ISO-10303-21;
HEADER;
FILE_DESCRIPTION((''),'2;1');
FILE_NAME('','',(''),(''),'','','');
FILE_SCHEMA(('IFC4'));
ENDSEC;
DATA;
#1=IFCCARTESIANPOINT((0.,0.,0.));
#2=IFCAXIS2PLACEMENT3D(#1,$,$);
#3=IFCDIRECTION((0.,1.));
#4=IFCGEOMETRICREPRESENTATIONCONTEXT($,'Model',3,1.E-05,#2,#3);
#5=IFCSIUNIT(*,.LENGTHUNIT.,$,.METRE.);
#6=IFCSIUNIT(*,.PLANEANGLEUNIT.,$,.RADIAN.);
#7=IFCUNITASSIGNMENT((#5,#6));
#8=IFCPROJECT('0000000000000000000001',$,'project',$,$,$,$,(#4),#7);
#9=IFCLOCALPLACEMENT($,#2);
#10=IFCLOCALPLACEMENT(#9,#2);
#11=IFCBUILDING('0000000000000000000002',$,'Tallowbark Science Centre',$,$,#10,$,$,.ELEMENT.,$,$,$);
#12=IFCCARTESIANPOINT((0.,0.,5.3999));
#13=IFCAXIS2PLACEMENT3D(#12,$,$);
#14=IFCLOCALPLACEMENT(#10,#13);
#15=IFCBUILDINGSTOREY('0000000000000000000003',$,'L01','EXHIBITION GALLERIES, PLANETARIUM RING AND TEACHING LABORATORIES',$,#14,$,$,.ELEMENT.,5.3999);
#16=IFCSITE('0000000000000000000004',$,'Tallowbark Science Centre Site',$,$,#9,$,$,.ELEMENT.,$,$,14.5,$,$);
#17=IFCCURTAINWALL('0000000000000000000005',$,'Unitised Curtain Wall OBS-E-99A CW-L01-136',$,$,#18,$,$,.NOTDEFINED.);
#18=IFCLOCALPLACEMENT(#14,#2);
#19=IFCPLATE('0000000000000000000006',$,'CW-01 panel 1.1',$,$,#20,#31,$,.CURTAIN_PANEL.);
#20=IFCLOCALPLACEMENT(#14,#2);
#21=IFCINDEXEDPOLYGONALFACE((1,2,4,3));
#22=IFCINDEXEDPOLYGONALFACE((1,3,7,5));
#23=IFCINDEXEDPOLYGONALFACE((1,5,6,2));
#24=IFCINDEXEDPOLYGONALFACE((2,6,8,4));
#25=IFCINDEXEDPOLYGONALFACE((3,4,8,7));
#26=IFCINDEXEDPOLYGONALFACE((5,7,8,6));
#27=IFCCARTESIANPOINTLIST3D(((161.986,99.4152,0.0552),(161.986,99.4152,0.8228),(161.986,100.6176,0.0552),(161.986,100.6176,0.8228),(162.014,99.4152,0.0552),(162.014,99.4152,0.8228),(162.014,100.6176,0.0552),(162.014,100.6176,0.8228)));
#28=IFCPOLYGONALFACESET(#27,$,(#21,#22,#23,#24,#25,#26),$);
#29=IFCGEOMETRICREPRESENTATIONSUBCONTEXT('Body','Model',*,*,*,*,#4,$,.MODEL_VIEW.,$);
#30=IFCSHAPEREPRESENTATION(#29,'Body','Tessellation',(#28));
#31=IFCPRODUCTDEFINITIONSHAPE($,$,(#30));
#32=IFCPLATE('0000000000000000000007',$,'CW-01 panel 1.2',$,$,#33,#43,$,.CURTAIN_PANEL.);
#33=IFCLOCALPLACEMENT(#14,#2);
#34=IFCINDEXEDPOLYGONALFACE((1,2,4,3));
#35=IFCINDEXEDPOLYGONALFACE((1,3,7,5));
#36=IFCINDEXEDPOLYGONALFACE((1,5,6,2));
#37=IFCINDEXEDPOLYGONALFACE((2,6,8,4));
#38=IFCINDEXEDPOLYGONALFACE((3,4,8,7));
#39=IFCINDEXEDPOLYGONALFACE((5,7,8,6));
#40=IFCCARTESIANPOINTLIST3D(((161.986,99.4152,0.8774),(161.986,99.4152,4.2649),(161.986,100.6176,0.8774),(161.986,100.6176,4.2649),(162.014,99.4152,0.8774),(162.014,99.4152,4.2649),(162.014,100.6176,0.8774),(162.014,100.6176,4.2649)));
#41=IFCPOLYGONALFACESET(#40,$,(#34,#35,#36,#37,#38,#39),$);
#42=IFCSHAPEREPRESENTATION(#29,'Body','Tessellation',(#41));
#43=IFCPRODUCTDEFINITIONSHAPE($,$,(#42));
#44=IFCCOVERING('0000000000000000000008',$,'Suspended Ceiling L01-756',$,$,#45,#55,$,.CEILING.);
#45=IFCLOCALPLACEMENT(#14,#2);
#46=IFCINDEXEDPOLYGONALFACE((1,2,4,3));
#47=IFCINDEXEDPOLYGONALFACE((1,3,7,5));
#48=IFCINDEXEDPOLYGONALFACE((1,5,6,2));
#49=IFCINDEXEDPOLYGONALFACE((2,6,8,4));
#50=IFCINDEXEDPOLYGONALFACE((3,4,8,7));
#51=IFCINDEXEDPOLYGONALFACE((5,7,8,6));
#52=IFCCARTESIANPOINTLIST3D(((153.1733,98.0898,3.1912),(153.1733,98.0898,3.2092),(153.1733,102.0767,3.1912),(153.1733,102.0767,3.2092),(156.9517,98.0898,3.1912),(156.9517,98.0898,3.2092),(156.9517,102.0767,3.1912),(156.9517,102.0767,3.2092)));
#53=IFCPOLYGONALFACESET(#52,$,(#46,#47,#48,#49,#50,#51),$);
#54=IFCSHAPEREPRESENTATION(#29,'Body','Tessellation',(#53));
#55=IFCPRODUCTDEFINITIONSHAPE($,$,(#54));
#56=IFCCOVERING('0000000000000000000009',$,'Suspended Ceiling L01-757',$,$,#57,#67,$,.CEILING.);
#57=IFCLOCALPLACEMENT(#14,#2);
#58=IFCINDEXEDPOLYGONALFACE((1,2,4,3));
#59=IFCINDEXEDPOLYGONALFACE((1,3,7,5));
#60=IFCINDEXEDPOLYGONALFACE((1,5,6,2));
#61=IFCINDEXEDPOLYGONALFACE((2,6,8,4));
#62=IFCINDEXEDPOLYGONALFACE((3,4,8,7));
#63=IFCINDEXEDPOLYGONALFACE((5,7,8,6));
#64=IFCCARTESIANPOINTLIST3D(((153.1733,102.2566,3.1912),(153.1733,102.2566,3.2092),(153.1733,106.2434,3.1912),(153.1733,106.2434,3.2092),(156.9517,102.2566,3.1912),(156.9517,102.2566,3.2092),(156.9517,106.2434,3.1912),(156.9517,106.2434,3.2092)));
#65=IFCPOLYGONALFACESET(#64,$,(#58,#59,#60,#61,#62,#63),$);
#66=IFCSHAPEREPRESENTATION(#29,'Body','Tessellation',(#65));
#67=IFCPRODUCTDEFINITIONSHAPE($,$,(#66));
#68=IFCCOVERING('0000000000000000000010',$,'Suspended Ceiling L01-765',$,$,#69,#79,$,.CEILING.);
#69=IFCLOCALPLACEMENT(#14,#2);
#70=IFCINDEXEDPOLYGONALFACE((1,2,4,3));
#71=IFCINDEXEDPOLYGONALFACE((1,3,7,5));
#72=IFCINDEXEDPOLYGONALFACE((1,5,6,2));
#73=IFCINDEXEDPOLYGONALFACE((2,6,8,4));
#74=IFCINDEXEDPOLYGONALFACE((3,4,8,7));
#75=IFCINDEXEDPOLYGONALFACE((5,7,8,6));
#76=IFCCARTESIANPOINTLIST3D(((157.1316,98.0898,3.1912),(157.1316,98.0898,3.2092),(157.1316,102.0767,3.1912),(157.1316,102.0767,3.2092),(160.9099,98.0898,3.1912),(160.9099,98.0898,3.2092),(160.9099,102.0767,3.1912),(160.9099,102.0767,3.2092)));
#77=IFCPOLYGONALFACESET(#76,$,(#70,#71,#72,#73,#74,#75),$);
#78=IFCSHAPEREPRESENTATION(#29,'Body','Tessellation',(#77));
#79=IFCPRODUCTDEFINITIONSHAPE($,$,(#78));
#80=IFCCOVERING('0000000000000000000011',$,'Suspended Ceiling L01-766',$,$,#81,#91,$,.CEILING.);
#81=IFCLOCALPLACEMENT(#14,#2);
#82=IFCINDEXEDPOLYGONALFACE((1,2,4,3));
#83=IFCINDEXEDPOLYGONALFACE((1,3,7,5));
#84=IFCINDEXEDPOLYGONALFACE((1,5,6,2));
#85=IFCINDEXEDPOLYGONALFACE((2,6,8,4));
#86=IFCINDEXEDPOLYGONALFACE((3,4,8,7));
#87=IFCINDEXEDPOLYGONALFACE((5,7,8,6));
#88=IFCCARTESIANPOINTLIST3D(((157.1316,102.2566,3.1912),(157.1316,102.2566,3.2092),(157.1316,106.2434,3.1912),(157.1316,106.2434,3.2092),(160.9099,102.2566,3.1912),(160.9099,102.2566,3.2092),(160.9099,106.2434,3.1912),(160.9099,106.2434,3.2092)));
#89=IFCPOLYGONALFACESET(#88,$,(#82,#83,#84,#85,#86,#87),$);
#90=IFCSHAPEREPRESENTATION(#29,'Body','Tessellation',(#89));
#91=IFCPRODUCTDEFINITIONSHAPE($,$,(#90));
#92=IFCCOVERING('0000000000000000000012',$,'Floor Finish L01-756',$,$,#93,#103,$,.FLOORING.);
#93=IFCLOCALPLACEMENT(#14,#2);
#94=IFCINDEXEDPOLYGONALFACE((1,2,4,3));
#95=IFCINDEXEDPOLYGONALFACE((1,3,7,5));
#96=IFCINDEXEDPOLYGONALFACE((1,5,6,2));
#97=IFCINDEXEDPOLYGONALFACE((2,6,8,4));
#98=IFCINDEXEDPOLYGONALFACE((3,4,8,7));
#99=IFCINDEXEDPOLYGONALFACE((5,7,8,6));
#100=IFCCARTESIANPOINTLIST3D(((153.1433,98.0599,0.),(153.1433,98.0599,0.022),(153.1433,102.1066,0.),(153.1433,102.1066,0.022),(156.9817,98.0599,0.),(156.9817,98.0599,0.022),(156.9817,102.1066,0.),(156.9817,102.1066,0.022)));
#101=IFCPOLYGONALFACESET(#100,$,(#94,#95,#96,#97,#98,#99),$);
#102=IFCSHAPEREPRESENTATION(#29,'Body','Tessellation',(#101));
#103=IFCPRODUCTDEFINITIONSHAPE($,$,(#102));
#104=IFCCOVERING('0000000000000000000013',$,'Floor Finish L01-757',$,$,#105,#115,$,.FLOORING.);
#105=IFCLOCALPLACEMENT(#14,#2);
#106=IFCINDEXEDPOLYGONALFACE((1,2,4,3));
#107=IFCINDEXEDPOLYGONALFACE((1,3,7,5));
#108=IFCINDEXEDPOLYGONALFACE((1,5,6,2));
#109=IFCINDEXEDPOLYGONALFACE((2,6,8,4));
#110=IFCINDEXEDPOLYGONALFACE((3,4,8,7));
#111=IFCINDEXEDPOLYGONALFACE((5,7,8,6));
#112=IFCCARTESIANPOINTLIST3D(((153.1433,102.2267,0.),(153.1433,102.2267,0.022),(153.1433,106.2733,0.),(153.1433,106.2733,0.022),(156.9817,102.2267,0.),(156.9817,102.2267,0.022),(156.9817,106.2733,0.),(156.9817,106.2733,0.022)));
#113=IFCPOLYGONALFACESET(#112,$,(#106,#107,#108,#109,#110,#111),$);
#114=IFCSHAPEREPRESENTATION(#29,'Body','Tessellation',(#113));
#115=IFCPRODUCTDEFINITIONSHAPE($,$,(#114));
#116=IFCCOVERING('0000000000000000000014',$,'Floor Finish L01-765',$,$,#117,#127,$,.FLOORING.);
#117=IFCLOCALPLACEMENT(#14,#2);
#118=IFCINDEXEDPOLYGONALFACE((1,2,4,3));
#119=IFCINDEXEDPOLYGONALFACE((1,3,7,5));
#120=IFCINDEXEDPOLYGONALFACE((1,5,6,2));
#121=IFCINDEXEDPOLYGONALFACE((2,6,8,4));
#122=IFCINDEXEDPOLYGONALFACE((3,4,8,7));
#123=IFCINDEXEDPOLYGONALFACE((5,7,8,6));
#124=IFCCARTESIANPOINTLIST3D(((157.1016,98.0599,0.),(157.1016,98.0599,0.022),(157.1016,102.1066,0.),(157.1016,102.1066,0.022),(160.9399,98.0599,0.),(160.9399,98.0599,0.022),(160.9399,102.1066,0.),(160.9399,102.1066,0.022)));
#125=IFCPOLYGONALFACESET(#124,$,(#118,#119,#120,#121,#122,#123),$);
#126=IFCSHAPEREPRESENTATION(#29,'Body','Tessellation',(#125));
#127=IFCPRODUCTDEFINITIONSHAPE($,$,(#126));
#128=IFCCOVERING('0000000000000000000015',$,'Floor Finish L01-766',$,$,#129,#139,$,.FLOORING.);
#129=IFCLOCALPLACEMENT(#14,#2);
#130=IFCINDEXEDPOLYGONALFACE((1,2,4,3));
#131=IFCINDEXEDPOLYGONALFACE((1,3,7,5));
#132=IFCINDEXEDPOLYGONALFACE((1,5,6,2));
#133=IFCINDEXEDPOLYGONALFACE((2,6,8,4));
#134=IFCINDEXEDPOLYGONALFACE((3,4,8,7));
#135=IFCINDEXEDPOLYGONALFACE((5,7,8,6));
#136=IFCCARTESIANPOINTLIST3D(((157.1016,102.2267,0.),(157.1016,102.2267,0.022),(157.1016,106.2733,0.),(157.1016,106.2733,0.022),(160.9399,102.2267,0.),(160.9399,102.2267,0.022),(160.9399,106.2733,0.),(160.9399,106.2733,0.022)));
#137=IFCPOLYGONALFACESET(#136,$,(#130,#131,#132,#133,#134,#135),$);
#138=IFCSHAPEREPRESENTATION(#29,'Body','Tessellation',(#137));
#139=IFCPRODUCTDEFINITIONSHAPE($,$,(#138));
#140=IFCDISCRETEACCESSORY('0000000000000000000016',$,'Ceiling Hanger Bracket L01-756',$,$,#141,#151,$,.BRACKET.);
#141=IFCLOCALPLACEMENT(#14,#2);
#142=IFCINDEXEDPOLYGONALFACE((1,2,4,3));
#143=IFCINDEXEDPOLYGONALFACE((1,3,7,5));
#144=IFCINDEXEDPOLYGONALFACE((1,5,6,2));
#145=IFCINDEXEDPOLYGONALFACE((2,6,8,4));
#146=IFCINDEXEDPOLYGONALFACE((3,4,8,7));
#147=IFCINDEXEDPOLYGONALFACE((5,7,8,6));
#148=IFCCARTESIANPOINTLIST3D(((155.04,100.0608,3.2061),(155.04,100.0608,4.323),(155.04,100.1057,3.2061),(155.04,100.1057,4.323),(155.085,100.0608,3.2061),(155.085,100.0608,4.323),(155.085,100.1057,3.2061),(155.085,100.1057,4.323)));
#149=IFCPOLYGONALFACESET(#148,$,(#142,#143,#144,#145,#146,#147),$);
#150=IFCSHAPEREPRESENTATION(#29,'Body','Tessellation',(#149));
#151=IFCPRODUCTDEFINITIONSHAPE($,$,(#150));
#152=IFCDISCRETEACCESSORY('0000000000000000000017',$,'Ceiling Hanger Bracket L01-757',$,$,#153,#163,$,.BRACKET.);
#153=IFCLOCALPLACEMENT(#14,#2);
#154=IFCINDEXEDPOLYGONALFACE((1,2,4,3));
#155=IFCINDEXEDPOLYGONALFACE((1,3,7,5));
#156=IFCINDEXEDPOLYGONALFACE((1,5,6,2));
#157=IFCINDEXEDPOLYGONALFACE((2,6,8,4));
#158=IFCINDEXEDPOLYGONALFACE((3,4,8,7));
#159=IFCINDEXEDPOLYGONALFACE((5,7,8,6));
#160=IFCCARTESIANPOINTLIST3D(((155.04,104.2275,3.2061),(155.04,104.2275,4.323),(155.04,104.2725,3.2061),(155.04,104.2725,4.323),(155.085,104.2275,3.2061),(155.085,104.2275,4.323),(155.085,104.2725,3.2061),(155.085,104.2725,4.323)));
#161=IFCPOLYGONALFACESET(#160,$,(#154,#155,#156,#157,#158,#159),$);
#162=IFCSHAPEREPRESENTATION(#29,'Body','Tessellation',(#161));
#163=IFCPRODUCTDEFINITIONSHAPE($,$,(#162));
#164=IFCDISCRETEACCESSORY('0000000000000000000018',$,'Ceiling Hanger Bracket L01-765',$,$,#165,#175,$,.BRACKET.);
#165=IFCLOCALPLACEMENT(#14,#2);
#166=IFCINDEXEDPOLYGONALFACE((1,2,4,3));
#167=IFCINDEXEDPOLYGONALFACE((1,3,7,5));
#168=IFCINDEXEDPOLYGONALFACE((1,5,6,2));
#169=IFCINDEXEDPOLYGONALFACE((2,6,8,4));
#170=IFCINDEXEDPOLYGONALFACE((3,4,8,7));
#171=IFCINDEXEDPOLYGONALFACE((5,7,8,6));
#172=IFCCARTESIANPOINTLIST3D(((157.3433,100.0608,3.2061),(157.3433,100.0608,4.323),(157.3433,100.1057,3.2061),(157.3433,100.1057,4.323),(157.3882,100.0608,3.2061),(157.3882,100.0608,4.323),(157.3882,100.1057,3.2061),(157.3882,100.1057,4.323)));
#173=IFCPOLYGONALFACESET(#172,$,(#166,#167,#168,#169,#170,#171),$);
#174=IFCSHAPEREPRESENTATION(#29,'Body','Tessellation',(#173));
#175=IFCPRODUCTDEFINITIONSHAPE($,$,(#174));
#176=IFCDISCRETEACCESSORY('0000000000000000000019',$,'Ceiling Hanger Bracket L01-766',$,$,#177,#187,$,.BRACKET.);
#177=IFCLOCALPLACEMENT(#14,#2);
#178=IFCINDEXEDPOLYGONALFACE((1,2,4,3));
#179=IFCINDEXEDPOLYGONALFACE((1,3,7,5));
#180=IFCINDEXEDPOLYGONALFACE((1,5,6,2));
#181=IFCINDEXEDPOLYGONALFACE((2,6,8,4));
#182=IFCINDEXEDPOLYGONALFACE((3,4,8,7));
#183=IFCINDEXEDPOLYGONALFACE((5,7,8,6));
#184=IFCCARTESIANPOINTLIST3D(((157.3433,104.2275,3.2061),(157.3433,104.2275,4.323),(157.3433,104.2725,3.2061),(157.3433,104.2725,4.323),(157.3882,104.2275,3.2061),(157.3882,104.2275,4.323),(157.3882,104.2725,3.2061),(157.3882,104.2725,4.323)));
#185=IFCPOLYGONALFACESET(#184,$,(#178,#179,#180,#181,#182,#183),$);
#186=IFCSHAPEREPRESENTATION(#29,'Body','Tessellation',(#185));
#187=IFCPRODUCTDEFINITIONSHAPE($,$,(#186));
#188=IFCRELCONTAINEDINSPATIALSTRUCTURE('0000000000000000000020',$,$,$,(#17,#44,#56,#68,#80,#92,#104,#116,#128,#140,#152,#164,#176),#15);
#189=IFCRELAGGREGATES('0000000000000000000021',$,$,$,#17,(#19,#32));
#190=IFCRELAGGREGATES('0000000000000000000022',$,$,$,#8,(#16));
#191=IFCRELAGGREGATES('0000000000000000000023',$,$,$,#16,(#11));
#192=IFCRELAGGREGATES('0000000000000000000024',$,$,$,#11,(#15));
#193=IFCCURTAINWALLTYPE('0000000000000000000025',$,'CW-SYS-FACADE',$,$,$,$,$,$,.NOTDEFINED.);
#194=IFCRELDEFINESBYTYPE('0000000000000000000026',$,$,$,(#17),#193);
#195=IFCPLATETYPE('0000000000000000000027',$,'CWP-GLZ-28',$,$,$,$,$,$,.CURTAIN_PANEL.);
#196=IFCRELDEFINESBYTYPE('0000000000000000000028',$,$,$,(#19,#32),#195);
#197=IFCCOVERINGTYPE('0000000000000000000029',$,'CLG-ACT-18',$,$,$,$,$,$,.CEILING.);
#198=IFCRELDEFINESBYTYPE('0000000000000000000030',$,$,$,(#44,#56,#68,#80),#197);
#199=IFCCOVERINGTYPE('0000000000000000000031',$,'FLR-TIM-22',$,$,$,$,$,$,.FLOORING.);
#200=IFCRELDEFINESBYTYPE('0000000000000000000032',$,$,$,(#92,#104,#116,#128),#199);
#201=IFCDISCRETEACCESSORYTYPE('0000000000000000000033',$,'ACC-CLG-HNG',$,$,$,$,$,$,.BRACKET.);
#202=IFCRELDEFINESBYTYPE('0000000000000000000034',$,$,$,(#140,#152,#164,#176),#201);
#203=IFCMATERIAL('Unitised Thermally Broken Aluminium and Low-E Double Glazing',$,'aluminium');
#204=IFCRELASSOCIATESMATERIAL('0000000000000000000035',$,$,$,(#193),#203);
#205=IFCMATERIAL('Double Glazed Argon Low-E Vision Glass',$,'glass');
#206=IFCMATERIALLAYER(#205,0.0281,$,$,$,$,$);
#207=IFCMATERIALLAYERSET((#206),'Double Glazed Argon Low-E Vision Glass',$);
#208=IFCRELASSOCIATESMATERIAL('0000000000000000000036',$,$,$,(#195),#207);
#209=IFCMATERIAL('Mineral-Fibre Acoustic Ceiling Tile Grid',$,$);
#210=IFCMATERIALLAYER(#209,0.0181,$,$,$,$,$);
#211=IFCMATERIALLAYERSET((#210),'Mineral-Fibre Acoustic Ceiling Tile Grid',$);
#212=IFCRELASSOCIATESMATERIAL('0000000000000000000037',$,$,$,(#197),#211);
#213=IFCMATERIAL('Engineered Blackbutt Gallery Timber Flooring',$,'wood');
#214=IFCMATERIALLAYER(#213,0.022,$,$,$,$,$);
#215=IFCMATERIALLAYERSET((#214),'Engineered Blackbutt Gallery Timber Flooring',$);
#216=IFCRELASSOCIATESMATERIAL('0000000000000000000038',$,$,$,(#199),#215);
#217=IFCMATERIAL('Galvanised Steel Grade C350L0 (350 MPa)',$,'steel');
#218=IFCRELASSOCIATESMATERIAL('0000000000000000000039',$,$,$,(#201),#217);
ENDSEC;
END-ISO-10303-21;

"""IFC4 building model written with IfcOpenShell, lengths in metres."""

from ifc_helpers import new_model, si_unit, direction, frame, origin, origin_2d, place, context, subcontext, project, spatial, rectangle, extrude, material, layer, layer_set, type_object, element, aggregate, save


model = new_model("IFC4")

# Units and contexts
model_context = context("Model", 3, precision=1e-05, world=origin(), true_north=direction((0.0, 1.0)))
body_context = subcontext(model_context, "Body", "Model", "MODEL_VIEW")
ifc_project = project(units=[si_unit("LENGTHUNIT", "METRE"), si_unit("PLANEANGLEUNIT", "RADIAN")], contexts=[model_context])

# Site, building, storey
site_placement = place(None, origin())
site = spatial("IfcSite", under=ifc_project, at=site_placement, Name="Tallowbark Science Centre Site", CompositionType="ELEMENT", RefElevation=14.5)
building_placement = place(site_placement, origin())
building = spatial("IfcBuilding", under=site, at=building_placement, Name="Tallowbark Science Centre", CompositionType="ELEMENT")
storey_placement = place(building_placement, frame((0.0, 0.0, 5.3999)))
storey = spatial("IfcBuildingStorey", under=building, at=storey_placement, Name="L01", Description="EXHIBITION GALLERIES, PLANETARIUM RING AND TEACHING LABORATORIES", CompositionType="ELEMENT", Elevation=5.3999)

# Curtain wall
ifc_material_1 = material(Name="Unitised Thermally Broken Aluminium and Low-E Double Glazing", Category="aluminium")
curtain_wall_type = type_object("IfcCurtainWallType", Name="CW-SYS-FACADE", PredefinedType="NOTDEFINED", material=ifc_material_1)
curtain_wall_placement = place(storey_placement, origin())
curtain_wall = element("IfcCurtainWall", 1, at=curtain_wall_placement, inside=storey, type_object=curtain_wall_type, Name="Unitised Curtain Wall OBS-E-99A CW-L01-136", PredefinedType="NOTDEFINED")

# Plates
ifc_material_2 = material(Name="Double Glazed Argon Low-E Vision Glass", Category="glass")
ifc_layer_1 = layer(ifc_material_2, 0.0281)
ifc_layer_set_1 = layer_set([ifc_layer_1], Name="Double Glazed Argon Low-E Vision Glass")
plate_type = type_object("IfcPlateType", Name="CWP-GLZ-28", PredefinedType="CURTAIN_PANEL", material=ifc_layer_set_1)
plate_1_placement = place(storey_placement, frame((162.0, 100.0164, 0.0552), z_axis=(0.0, 0.0, 1.0), x_axis=(0.0, 1.0, 0.0)))
plate_1 = element("IfcPlate", 2, at=plate_1_placement, type_object=plate_type, Name="CW-01 panel 1.1", PredefinedType="CURTAIN_PANEL", context=body_context, shape_type="SweptSolid", body=[
    extrude(rectangle(XDim=1.2024, YDim=0.0281, at=origin_2d()), origin(), (0.0, 0.0, 1.0), 0.7676),
])
plate_2_placement = place(storey_placement, frame((162.0, 100.0164, 0.8774), z_axis=(0.0, 0.0, 1.0), x_axis=(0.0, 1.0, 0.0)))
plate_2 = element("IfcPlate", 3, at=plate_2_placement, type_object=plate_type, Name="CW-01 panel 1.2", PredefinedType="CURTAIN_PANEL", context=body_context, shape_type="SweptSolid", body=[
    extrude(rectangle(XDim=1.2024, YDim=0.0281, at=origin_2d()), origin(), (0.0, 0.0, 1.0), 3.3875),
])
aggregate(curtain_wall, [plate_1, plate_2])

# Coverings
ifc_material_3 = material(Name="Mineral-Fibre Acoustic Ceiling Tile Grid")
ifc_layer_2 = layer(ifc_material_3, 0.0181)
ifc_layer_set_2 = layer_set([ifc_layer_2], Name="Mineral-Fibre Acoustic Ceiling Tile Grid")
covering_type_1 = type_object("IfcCoveringType", Name="CLG-ACT-18", PredefinedType="CEILING", material=ifc_layer_set_2)
for number, where, z_axis, x_axis, name in (
    (4, (155.0625, 100.0833, 3.1912), (0.0, 0.0, 1.0), (1.0, 0.0, 0.0), "Suspended Ceiling L01-756"),
    (5, (155.0625, 104.25, 3.1912), (0.0, 0.0, 1.0), (1.0, 0.0, 0.0), "Suspended Ceiling L01-757"),
    (6, (159.0208, 100.0833, 3.1912), (0.0, 0.0, 1.0), (1.0, 0.0, 0.0), "Suspended Ceiling L01-765"),
    (7, (159.0208, 104.25, 3.1912), (0.0, 0.0, 1.0), (1.0, 0.0, 0.0), "Suspended Ceiling L01-766"),
):
    element("IfcCovering", number, at=place(storey_placement, frame(where, z_axis=z_axis, x_axis=x_axis)), inside=storey, type_object=covering_type_1, Name=name, PredefinedType="CEILING", context=body_context, shape_type="SweptSolid", body=[
        extrude(rectangle(XDim=3.7783, YDim=3.9868, at=origin_2d()), origin(), (0.0, 0.0, 1.0), 0.0181),
    ])
ifc_material_4 = material(Name="Engineered Blackbutt Gallery Timber Flooring", Category="wood")
ifc_layer_3 = layer(ifc_material_4, 0.022)
ifc_layer_set_3 = layer_set([ifc_layer_3], Name="Engineered Blackbutt Gallery Timber Flooring")
covering_type_2 = type_object("IfcCoveringType", Name="FLR-TIM-22", PredefinedType="FLOORING", material=ifc_layer_set_3)
for number, where, z_axis, x_axis, name in (
    (8, (155.0625, 100.0833, 0.0), (0.0, 0.0, 1.0), (1.0, 0.0, 0.0), "Floor Finish L01-756"),
    (9, (155.0625, 104.25, 0.0), (0.0, 0.0, 1.0), (1.0, 0.0, 0.0), "Floor Finish L01-757"),
    (10, (159.0208, 100.0833, 0.0), (0.0, 0.0, 1.0), (1.0, 0.0, 0.0), "Floor Finish L01-765"),
    (11, (159.0208, 104.25, 0.0), (0.0, 0.0, 1.0), (1.0, 0.0, 0.0), "Floor Finish L01-766"),
):
    element("IfcCovering", number, at=place(storey_placement, frame(where, z_axis=z_axis, x_axis=x_axis)), inside=storey, type_object=covering_type_2, Name=name, PredefinedType="FLOORING", context=body_context, shape_type="SweptSolid", body=[
        extrude(rectangle(XDim=3.8384, YDim=4.0466, at=origin_2d()), origin(), (0.0, 0.0, 1.0), 0.022),
    ])

# Discrete accessories
ifc_material_5 = material(Name="Galvanised Steel Grade C350L0 (350 MPa)", Category="steel")
discrete_accessory_type = type_object("IfcDiscreteAccessoryType", Name="ACC-CLG-HNG", PredefinedType="BRACKET", material=ifc_material_5)
for number, where, z_axis, x_axis, name in (
    (12, (155.0625, 100.0833, 3.2061), (0.0, 0.0, 1.0), (1.0, 0.0, 0.0), "Ceiling Hanger Bracket L01-756"),
    (13, (155.0625, 104.25, 3.2061), (0.0, 0.0, 1.0), (1.0, 0.0, 0.0), "Ceiling Hanger Bracket L01-757"),
    (14, (157.3657, 100.0833, 3.2061), (0.0, 0.0, 1.0), (1.0, 0.0, 0.0), "Ceiling Hanger Bracket L01-765"),
    (15, (157.3657, 104.25, 3.2061), (0.0, 0.0, 1.0), (1.0, 0.0, 0.0), "Ceiling Hanger Bracket L01-766"),
):
    element("IfcDiscreteAccessory", number, at=place(storey_placement, frame(where, z_axis=z_axis, x_axis=x_axis)), inside=storey, type_object=discrete_accessory_type, Name=name, PredefinedType="BRACKET", context=body_context, shape_type="SweptSolid", body=[
        extrude(rectangle(XDim=0.0449, YDim=0.0449, at=origin_2d()), origin(), (0.0, 0.0, 1.0), 1.1169),
    ])

save(model, "model.ifc")
